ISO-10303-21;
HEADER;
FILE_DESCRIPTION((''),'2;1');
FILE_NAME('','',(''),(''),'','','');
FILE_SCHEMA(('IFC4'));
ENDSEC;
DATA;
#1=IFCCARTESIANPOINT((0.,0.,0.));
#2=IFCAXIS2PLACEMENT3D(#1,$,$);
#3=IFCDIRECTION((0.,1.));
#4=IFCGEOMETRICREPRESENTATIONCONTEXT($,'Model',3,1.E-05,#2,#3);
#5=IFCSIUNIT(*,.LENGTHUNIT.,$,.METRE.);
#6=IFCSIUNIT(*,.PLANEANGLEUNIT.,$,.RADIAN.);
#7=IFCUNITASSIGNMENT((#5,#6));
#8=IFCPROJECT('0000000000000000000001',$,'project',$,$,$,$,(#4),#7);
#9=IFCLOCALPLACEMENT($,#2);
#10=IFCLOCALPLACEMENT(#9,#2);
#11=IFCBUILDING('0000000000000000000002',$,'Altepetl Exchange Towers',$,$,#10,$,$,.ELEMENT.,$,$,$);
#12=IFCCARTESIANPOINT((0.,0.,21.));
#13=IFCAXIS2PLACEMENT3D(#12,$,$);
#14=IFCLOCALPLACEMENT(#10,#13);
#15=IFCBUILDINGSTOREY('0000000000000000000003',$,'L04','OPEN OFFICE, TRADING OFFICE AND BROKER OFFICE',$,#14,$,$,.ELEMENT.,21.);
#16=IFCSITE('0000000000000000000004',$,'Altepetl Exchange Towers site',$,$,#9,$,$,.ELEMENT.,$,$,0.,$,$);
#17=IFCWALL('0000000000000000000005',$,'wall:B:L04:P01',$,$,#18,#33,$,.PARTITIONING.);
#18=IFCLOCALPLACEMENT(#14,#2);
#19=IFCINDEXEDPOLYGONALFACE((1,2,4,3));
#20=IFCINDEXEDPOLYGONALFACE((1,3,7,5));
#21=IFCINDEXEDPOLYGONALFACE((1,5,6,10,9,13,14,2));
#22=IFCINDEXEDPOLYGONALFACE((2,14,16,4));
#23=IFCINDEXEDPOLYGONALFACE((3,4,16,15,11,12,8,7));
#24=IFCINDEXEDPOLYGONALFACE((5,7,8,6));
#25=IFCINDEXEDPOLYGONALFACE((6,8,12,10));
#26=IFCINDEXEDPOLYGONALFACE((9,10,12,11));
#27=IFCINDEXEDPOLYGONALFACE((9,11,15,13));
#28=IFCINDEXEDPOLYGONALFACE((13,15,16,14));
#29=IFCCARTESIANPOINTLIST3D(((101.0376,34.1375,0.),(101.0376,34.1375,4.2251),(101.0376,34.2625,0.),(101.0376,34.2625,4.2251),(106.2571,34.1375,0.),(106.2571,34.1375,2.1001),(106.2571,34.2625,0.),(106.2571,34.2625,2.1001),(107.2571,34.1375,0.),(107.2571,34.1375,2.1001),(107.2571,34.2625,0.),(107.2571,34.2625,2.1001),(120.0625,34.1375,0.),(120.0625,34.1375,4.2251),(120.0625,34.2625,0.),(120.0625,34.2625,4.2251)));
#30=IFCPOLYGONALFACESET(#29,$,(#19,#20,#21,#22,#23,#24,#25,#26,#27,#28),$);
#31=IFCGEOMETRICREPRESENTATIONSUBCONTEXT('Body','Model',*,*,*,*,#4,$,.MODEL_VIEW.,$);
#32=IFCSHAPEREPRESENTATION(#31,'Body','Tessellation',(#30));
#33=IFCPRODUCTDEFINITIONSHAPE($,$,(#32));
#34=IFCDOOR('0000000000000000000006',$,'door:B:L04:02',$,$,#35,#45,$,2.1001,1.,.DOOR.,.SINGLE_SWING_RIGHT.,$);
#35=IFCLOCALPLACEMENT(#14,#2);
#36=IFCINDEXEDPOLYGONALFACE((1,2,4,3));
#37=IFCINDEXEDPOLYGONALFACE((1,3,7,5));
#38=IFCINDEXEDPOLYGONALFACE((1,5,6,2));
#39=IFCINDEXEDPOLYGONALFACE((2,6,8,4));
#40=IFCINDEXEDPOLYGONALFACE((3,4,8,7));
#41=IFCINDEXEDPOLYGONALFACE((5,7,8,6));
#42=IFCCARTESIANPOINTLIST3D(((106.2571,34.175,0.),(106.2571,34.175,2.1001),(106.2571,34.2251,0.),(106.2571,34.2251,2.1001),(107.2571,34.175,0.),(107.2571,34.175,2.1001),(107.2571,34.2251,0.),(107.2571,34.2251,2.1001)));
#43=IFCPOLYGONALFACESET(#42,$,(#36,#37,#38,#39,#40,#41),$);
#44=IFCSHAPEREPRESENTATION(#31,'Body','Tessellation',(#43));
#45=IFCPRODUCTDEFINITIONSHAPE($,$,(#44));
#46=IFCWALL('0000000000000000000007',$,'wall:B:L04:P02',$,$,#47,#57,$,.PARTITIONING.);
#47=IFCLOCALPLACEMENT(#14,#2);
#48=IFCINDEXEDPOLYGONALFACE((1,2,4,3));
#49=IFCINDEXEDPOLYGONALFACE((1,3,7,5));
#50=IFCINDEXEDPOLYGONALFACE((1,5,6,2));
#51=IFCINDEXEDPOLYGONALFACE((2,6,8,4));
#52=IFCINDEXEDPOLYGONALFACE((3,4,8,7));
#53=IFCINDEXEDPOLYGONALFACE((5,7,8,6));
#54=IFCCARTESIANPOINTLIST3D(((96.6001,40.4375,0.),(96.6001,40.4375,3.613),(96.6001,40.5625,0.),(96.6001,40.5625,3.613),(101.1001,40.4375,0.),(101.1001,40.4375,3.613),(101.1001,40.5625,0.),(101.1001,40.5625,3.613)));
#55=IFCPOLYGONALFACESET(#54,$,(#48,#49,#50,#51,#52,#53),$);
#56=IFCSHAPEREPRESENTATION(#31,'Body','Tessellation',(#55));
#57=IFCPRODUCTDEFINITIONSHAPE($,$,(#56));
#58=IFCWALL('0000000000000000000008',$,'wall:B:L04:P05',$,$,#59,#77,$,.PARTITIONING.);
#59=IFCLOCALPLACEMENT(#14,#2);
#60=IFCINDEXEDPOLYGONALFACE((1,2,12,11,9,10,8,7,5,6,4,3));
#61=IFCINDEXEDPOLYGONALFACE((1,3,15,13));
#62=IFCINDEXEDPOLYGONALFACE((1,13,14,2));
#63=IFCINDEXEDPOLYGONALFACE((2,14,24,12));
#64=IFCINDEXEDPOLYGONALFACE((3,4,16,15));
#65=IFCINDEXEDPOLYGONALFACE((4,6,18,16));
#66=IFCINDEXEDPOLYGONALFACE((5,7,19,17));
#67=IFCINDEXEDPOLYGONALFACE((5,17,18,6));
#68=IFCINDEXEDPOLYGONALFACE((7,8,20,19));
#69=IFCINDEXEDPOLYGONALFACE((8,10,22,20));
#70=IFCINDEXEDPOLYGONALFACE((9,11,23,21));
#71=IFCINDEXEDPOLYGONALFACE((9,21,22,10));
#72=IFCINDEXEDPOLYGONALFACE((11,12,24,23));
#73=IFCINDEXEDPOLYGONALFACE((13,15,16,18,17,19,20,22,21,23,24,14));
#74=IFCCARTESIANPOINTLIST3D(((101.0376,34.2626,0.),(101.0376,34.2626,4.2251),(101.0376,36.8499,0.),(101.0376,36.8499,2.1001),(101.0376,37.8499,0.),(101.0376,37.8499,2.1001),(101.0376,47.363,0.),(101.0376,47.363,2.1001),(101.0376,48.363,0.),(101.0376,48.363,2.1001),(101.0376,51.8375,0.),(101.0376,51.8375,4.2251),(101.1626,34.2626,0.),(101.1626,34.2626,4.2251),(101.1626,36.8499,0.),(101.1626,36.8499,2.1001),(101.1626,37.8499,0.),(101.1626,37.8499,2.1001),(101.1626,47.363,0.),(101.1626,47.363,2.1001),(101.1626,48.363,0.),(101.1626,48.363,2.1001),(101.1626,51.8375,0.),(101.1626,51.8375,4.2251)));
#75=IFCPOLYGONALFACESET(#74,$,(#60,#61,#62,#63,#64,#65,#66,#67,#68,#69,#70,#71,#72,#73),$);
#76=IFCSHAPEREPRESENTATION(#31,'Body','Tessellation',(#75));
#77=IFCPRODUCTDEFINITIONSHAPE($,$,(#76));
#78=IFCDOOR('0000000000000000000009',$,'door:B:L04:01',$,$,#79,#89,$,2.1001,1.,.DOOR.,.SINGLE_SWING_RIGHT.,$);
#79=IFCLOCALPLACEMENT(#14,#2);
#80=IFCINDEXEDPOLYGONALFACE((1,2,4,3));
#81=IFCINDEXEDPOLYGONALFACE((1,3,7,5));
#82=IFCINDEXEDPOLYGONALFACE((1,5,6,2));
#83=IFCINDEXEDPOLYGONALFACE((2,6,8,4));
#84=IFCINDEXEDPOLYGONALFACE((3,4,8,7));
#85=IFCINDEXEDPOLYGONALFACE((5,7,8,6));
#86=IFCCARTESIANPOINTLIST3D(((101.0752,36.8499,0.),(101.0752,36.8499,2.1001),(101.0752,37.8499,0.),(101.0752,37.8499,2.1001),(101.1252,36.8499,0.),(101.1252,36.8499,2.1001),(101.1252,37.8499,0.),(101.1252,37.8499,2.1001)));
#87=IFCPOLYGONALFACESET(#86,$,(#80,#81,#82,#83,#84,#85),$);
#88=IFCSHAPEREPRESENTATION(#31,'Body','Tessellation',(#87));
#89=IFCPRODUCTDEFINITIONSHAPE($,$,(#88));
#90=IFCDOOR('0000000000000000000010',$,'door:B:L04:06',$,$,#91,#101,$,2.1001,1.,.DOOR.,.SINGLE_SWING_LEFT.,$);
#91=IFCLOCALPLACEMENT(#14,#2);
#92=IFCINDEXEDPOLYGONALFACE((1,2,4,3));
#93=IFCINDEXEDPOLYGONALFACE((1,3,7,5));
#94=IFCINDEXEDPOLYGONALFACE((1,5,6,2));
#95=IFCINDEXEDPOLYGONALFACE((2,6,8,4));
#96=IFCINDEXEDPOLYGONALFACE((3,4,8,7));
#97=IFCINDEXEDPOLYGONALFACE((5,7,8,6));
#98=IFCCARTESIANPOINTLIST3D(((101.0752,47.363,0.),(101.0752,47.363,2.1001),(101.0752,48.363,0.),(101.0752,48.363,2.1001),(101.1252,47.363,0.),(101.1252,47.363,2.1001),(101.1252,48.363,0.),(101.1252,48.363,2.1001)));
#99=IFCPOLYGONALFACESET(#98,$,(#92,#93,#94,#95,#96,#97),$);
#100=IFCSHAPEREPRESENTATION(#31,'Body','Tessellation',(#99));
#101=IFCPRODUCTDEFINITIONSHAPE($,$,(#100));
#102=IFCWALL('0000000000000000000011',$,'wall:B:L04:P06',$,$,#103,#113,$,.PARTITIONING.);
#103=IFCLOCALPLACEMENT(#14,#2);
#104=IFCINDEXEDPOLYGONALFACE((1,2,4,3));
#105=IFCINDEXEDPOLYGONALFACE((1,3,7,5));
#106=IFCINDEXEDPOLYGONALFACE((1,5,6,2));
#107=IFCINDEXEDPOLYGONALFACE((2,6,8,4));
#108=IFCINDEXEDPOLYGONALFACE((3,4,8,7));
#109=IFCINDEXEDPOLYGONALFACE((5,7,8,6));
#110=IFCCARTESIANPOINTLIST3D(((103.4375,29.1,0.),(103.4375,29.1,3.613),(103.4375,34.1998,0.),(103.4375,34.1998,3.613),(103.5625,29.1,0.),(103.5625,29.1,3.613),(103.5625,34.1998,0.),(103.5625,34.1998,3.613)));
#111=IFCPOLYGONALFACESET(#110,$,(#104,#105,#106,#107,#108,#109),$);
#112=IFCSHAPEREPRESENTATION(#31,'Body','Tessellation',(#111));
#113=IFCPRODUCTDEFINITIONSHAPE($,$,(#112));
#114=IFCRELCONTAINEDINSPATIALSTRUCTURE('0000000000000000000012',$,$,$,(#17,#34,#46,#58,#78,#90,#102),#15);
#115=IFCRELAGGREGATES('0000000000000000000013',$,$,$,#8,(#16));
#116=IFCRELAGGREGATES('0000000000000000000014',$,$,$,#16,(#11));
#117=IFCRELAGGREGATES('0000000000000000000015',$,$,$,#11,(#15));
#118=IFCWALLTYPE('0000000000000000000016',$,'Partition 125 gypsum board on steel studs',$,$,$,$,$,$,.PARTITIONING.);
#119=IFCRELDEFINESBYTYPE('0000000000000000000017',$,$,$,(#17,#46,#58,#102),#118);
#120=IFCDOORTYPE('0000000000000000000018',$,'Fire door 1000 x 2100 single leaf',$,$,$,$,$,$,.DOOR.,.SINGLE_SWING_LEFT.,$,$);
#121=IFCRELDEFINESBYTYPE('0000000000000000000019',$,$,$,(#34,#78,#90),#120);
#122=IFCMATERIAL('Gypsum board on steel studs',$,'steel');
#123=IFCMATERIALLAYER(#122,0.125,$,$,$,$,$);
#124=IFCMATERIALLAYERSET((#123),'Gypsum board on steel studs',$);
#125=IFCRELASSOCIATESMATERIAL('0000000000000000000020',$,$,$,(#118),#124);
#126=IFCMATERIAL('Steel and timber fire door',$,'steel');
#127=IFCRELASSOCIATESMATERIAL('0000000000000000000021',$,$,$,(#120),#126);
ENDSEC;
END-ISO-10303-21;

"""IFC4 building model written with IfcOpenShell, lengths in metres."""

from ifc_helpers import new_model, si_unit, direction, frame, frame_2d, origin, place, context, subcontext, project, spatial, rectangle, extrude, material, layer, layer_set, type_object, element, fill, save


model = new_model("IFC4")

# Units and contexts
model_context = context("Model", 3, precision=1e-05, world=origin(), true_north=direction((0.0, 1.0)))
body_context = subcontext(model_context, "Body", "Model", "MODEL_VIEW")
ifc_project = project(units=[si_unit("LENGTHUNIT", "METRE"), si_unit("PLANEANGLEUNIT", "RADIAN")], contexts=[model_context])

# Site, building, storey
site_placement = place(None, origin())
site = spatial("IfcSite", under=ifc_project, at=site_placement, Name="Altepetl Exchange Towers site", CompositionType="ELEMENT", RefElevation=0.0)
building_placement = place(site_placement, origin())
building = spatial("IfcBuilding", under=site, at=building_placement, Name="Altepetl Exchange Towers", CompositionType="ELEMENT")
storey_placement = place(building_placement, frame((0.0, 0.0, 21.0)))
storey = spatial("IfcBuildingStorey", under=building, at=storey_placement, Name="L04", Description="OPEN OFFICE, TRADING OFFICE AND BROKER OFFICE", CompositionType="ELEMENT", Elevation=21.0)

# Wall, opening, door
ifc_material_1 = material(Name="Gypsum board on steel studs", Category="steel")
ifc_layer_1 = layer(ifc_material_1, 0.125)
ifc_layer_set_1 = layer_set([ifc_layer_1], Name="Gypsum board on steel studs")
wall_type = type_object("IfcWallType", Name="Partition 125 gypsum board on steel studs", PredefinedType="PARTITIONING", material=ifc_layer_set_1)
wall_1_placement = place(storey_placement, frame((101.0376, 34.2, 0.0)))
wall_1 = element("IfcWall", 1, at=wall_1_placement, inside=storey, type_object=wall_type, Name="wall:B:L04:P01", PredefinedType="PARTITIONING", context=body_context, shape_type="SweptSolid", body=[
    extrude(rectangle(XDim=19.0249, YDim=0.125, at=frame_2d((9.5125, 0.0))), origin(), (0.0, 0.0, 1.0), 4.2251),
])
opening_1_placement = place(wall_1_placement, frame((5.2195, 0.0, 0.0)))
opening_1 = element("IfcOpeningElement", 2, at=opening_1_placement, cuts=wall_1, PredefinedType="OPENING", context=body_context, shape_type="SweptSolid", body=[
    extrude(rectangle(XDim=1.0, YDim=2.1001, at=frame_2d((0.5, 1.05))), frame((0.0, 0.0725, 0.0), z_axis=(0.0, -1.0, 0.0), x_axis=(1.0, 0.0, 0.0)), (0.0, 0.0, 1.0), 0.145),
])
ifc_material_2 = material(Name="Steel and timber fire door", Category="steel")
door_type = type_object("IfcDoorType", Name="Fire door 1000 x 2100 single leaf", OperationType="SINGLE_SWING_LEFT", PredefinedType="DOOR", material=ifc_material_2)
door_1_placement = place(opening_1_placement, frame((1.0, 0.0, 0.0), x_axis=(-1.0, 0.0, 0.0)))
door_1 = element("IfcDoor", 3, at=door_1_placement, inside=storey, type_object=door_type, Name="door:B:L04:02", OperationType="SINGLE_SWING_RIGHT", OverallHeight=2.1001, OverallWidth=1.0, PredefinedType="DOOR", context=body_context, shape_type="SweptSolid", body=[
    extrude(rectangle(XDim=1.0, YDim=2.1001, at=frame_2d((0.5, 1.05))), frame((0.0, 0.0249, 0.0), z_axis=(0.0, -1.0, 0.0), x_axis=(1.0, 0.0, 0.0)), (0.0, 0.0, 1.0), 0.05),
])
fill(opening_1, door_1)

# Wall
wall_2_placement = place(storey_placement, frame((96.6001, 40.5, 0.0)))
element("IfcWall", 4, at=wall_2_placement, inside=storey, type_object=wall_type, Name="wall:B:L04:P02", PredefinedType="PARTITIONING", context=body_context, shape_type="SweptSolid", body=[
    extrude(rectangle(XDim=4.5, YDim=0.125, at=frame_2d((2.25, 0.0))), origin(), (0.0, 0.0, 1.0), 3.613),
])

# Wall, openings, doors
wall_3_placement = place(storey_placement, frame((101.1001, 34.2625, 0.0), z_axis=(0.0, 0.0, 1.0), x_axis=(0.0, 1.0, 0.0)))
wall_3 = element("IfcWall", 5, at=wall_3_placement, inside=storey, type_object=wall_type, Name="wall:B:L04:P05", PredefinedType="PARTITIONING", context=body_context, shape_type="SweptSolid", body=[
    extrude(rectangle(XDim=17.575, YDim=0.125, at=frame_2d((8.7876, 0.0))), origin(), (0.0, 0.0, 1.0), 4.2251),
])
opening_2_placement = place(wall_3_placement, frame((2.5874, 0.0, 0.0)))
opening_2 = element("IfcOpeningElement", 6, at=opening_2_placement, cuts=wall_3, PredefinedType="OPENING", context=body_context, shape_type="SweptSolid", body=[
    extrude(rectangle(XDim=1.0, YDim=2.1001, at=frame_2d((0.5, 1.05))), frame((0.0, 0.0725, 0.0), z_axis=(0.0, -1.0, 0.0), x_axis=(1.0, 0.0, 0.0)), (0.0, 0.0, 1.0), 0.145),
])
opening_3_placement = place(wall_3_placement, frame((13.1006, 0.0, 0.0)))
opening_3 = element("IfcOpeningElement", 7, at=opening_3_placement, cuts=wall_3, PredefinedType="OPENING", context=body_context, shape_type="SweptSolid", body=[
    extrude(rectangle(XDim=1.0, YDim=2.1001, at=frame_2d((0.5, 1.05))), frame((0.0, 0.0725, 0.0), z_axis=(0.0, -1.0, 0.0), x_axis=(1.0, 0.0, 0.0)), (0.0, 0.0, 1.0), 0.145),
])
door_2_placement = place(opening_2_placement, origin())
door_2 = element("IfcDoor", 8, at=door_2_placement, inside=storey, type_object=door_type, Name="door:B:L04:01", OperationType="SINGLE_SWING_RIGHT", OverallHeight=2.1001, OverallWidth=1.0, PredefinedType="DOOR", context=body_context, shape_type="SweptSolid", body=[
    extrude(rectangle(XDim=1.0, YDim=2.1001, at=frame_2d((0.5, 1.05))), frame((0.0, 0.0249, 0.0), z_axis=(0.0, -1.0, 0.0), x_axis=(1.0, 0.0, 0.0)), (0.0, 0.0, 1.0), 0.05),
])
fill(opening_2, door_2)
door_3_placement = place(opening_3_placement, origin())
door_3 = element("IfcDoor", 9, at=door_3_placement, inside=storey, type_object=door_type, Name="door:B:L04:06", OperationType="SINGLE_SWING_LEFT", OverallHeight=2.1001, OverallWidth=1.0, PredefinedType="DOOR", context=body_context, shape_type="SweptSolid", body=[
    extrude(rectangle(XDim=1.0, YDim=2.1001, at=frame_2d((0.5, 1.05))), frame((0.0, 0.0249, 0.0), z_axis=(0.0, -1.0, 0.0), x_axis=(1.0, 0.0, 0.0)), (0.0, 0.0, 1.0), 0.05),
])
fill(opening_3, door_3)

# Wall
wall_4_placement = place(storey_placement, frame((103.5, 29.1001, 0.0), z_axis=(0.0, 0.0, 1.0), x_axis=(0.0, 1.0, 0.0)))
element("IfcWall", 10, at=wall_4_placement, inside=storey, type_object=wall_type, Name="wall:B:L04:P06", PredefinedType="PARTITIONING", context=body_context, shape_type="SweptSolid", body=[
    extrude(rectangle(XDim=5.0999, YDim=0.125, at=frame_2d((2.5498, 0.0))), origin(), (0.0, 0.0, 1.0), 3.613),
])

save(model, "model.ifc")
